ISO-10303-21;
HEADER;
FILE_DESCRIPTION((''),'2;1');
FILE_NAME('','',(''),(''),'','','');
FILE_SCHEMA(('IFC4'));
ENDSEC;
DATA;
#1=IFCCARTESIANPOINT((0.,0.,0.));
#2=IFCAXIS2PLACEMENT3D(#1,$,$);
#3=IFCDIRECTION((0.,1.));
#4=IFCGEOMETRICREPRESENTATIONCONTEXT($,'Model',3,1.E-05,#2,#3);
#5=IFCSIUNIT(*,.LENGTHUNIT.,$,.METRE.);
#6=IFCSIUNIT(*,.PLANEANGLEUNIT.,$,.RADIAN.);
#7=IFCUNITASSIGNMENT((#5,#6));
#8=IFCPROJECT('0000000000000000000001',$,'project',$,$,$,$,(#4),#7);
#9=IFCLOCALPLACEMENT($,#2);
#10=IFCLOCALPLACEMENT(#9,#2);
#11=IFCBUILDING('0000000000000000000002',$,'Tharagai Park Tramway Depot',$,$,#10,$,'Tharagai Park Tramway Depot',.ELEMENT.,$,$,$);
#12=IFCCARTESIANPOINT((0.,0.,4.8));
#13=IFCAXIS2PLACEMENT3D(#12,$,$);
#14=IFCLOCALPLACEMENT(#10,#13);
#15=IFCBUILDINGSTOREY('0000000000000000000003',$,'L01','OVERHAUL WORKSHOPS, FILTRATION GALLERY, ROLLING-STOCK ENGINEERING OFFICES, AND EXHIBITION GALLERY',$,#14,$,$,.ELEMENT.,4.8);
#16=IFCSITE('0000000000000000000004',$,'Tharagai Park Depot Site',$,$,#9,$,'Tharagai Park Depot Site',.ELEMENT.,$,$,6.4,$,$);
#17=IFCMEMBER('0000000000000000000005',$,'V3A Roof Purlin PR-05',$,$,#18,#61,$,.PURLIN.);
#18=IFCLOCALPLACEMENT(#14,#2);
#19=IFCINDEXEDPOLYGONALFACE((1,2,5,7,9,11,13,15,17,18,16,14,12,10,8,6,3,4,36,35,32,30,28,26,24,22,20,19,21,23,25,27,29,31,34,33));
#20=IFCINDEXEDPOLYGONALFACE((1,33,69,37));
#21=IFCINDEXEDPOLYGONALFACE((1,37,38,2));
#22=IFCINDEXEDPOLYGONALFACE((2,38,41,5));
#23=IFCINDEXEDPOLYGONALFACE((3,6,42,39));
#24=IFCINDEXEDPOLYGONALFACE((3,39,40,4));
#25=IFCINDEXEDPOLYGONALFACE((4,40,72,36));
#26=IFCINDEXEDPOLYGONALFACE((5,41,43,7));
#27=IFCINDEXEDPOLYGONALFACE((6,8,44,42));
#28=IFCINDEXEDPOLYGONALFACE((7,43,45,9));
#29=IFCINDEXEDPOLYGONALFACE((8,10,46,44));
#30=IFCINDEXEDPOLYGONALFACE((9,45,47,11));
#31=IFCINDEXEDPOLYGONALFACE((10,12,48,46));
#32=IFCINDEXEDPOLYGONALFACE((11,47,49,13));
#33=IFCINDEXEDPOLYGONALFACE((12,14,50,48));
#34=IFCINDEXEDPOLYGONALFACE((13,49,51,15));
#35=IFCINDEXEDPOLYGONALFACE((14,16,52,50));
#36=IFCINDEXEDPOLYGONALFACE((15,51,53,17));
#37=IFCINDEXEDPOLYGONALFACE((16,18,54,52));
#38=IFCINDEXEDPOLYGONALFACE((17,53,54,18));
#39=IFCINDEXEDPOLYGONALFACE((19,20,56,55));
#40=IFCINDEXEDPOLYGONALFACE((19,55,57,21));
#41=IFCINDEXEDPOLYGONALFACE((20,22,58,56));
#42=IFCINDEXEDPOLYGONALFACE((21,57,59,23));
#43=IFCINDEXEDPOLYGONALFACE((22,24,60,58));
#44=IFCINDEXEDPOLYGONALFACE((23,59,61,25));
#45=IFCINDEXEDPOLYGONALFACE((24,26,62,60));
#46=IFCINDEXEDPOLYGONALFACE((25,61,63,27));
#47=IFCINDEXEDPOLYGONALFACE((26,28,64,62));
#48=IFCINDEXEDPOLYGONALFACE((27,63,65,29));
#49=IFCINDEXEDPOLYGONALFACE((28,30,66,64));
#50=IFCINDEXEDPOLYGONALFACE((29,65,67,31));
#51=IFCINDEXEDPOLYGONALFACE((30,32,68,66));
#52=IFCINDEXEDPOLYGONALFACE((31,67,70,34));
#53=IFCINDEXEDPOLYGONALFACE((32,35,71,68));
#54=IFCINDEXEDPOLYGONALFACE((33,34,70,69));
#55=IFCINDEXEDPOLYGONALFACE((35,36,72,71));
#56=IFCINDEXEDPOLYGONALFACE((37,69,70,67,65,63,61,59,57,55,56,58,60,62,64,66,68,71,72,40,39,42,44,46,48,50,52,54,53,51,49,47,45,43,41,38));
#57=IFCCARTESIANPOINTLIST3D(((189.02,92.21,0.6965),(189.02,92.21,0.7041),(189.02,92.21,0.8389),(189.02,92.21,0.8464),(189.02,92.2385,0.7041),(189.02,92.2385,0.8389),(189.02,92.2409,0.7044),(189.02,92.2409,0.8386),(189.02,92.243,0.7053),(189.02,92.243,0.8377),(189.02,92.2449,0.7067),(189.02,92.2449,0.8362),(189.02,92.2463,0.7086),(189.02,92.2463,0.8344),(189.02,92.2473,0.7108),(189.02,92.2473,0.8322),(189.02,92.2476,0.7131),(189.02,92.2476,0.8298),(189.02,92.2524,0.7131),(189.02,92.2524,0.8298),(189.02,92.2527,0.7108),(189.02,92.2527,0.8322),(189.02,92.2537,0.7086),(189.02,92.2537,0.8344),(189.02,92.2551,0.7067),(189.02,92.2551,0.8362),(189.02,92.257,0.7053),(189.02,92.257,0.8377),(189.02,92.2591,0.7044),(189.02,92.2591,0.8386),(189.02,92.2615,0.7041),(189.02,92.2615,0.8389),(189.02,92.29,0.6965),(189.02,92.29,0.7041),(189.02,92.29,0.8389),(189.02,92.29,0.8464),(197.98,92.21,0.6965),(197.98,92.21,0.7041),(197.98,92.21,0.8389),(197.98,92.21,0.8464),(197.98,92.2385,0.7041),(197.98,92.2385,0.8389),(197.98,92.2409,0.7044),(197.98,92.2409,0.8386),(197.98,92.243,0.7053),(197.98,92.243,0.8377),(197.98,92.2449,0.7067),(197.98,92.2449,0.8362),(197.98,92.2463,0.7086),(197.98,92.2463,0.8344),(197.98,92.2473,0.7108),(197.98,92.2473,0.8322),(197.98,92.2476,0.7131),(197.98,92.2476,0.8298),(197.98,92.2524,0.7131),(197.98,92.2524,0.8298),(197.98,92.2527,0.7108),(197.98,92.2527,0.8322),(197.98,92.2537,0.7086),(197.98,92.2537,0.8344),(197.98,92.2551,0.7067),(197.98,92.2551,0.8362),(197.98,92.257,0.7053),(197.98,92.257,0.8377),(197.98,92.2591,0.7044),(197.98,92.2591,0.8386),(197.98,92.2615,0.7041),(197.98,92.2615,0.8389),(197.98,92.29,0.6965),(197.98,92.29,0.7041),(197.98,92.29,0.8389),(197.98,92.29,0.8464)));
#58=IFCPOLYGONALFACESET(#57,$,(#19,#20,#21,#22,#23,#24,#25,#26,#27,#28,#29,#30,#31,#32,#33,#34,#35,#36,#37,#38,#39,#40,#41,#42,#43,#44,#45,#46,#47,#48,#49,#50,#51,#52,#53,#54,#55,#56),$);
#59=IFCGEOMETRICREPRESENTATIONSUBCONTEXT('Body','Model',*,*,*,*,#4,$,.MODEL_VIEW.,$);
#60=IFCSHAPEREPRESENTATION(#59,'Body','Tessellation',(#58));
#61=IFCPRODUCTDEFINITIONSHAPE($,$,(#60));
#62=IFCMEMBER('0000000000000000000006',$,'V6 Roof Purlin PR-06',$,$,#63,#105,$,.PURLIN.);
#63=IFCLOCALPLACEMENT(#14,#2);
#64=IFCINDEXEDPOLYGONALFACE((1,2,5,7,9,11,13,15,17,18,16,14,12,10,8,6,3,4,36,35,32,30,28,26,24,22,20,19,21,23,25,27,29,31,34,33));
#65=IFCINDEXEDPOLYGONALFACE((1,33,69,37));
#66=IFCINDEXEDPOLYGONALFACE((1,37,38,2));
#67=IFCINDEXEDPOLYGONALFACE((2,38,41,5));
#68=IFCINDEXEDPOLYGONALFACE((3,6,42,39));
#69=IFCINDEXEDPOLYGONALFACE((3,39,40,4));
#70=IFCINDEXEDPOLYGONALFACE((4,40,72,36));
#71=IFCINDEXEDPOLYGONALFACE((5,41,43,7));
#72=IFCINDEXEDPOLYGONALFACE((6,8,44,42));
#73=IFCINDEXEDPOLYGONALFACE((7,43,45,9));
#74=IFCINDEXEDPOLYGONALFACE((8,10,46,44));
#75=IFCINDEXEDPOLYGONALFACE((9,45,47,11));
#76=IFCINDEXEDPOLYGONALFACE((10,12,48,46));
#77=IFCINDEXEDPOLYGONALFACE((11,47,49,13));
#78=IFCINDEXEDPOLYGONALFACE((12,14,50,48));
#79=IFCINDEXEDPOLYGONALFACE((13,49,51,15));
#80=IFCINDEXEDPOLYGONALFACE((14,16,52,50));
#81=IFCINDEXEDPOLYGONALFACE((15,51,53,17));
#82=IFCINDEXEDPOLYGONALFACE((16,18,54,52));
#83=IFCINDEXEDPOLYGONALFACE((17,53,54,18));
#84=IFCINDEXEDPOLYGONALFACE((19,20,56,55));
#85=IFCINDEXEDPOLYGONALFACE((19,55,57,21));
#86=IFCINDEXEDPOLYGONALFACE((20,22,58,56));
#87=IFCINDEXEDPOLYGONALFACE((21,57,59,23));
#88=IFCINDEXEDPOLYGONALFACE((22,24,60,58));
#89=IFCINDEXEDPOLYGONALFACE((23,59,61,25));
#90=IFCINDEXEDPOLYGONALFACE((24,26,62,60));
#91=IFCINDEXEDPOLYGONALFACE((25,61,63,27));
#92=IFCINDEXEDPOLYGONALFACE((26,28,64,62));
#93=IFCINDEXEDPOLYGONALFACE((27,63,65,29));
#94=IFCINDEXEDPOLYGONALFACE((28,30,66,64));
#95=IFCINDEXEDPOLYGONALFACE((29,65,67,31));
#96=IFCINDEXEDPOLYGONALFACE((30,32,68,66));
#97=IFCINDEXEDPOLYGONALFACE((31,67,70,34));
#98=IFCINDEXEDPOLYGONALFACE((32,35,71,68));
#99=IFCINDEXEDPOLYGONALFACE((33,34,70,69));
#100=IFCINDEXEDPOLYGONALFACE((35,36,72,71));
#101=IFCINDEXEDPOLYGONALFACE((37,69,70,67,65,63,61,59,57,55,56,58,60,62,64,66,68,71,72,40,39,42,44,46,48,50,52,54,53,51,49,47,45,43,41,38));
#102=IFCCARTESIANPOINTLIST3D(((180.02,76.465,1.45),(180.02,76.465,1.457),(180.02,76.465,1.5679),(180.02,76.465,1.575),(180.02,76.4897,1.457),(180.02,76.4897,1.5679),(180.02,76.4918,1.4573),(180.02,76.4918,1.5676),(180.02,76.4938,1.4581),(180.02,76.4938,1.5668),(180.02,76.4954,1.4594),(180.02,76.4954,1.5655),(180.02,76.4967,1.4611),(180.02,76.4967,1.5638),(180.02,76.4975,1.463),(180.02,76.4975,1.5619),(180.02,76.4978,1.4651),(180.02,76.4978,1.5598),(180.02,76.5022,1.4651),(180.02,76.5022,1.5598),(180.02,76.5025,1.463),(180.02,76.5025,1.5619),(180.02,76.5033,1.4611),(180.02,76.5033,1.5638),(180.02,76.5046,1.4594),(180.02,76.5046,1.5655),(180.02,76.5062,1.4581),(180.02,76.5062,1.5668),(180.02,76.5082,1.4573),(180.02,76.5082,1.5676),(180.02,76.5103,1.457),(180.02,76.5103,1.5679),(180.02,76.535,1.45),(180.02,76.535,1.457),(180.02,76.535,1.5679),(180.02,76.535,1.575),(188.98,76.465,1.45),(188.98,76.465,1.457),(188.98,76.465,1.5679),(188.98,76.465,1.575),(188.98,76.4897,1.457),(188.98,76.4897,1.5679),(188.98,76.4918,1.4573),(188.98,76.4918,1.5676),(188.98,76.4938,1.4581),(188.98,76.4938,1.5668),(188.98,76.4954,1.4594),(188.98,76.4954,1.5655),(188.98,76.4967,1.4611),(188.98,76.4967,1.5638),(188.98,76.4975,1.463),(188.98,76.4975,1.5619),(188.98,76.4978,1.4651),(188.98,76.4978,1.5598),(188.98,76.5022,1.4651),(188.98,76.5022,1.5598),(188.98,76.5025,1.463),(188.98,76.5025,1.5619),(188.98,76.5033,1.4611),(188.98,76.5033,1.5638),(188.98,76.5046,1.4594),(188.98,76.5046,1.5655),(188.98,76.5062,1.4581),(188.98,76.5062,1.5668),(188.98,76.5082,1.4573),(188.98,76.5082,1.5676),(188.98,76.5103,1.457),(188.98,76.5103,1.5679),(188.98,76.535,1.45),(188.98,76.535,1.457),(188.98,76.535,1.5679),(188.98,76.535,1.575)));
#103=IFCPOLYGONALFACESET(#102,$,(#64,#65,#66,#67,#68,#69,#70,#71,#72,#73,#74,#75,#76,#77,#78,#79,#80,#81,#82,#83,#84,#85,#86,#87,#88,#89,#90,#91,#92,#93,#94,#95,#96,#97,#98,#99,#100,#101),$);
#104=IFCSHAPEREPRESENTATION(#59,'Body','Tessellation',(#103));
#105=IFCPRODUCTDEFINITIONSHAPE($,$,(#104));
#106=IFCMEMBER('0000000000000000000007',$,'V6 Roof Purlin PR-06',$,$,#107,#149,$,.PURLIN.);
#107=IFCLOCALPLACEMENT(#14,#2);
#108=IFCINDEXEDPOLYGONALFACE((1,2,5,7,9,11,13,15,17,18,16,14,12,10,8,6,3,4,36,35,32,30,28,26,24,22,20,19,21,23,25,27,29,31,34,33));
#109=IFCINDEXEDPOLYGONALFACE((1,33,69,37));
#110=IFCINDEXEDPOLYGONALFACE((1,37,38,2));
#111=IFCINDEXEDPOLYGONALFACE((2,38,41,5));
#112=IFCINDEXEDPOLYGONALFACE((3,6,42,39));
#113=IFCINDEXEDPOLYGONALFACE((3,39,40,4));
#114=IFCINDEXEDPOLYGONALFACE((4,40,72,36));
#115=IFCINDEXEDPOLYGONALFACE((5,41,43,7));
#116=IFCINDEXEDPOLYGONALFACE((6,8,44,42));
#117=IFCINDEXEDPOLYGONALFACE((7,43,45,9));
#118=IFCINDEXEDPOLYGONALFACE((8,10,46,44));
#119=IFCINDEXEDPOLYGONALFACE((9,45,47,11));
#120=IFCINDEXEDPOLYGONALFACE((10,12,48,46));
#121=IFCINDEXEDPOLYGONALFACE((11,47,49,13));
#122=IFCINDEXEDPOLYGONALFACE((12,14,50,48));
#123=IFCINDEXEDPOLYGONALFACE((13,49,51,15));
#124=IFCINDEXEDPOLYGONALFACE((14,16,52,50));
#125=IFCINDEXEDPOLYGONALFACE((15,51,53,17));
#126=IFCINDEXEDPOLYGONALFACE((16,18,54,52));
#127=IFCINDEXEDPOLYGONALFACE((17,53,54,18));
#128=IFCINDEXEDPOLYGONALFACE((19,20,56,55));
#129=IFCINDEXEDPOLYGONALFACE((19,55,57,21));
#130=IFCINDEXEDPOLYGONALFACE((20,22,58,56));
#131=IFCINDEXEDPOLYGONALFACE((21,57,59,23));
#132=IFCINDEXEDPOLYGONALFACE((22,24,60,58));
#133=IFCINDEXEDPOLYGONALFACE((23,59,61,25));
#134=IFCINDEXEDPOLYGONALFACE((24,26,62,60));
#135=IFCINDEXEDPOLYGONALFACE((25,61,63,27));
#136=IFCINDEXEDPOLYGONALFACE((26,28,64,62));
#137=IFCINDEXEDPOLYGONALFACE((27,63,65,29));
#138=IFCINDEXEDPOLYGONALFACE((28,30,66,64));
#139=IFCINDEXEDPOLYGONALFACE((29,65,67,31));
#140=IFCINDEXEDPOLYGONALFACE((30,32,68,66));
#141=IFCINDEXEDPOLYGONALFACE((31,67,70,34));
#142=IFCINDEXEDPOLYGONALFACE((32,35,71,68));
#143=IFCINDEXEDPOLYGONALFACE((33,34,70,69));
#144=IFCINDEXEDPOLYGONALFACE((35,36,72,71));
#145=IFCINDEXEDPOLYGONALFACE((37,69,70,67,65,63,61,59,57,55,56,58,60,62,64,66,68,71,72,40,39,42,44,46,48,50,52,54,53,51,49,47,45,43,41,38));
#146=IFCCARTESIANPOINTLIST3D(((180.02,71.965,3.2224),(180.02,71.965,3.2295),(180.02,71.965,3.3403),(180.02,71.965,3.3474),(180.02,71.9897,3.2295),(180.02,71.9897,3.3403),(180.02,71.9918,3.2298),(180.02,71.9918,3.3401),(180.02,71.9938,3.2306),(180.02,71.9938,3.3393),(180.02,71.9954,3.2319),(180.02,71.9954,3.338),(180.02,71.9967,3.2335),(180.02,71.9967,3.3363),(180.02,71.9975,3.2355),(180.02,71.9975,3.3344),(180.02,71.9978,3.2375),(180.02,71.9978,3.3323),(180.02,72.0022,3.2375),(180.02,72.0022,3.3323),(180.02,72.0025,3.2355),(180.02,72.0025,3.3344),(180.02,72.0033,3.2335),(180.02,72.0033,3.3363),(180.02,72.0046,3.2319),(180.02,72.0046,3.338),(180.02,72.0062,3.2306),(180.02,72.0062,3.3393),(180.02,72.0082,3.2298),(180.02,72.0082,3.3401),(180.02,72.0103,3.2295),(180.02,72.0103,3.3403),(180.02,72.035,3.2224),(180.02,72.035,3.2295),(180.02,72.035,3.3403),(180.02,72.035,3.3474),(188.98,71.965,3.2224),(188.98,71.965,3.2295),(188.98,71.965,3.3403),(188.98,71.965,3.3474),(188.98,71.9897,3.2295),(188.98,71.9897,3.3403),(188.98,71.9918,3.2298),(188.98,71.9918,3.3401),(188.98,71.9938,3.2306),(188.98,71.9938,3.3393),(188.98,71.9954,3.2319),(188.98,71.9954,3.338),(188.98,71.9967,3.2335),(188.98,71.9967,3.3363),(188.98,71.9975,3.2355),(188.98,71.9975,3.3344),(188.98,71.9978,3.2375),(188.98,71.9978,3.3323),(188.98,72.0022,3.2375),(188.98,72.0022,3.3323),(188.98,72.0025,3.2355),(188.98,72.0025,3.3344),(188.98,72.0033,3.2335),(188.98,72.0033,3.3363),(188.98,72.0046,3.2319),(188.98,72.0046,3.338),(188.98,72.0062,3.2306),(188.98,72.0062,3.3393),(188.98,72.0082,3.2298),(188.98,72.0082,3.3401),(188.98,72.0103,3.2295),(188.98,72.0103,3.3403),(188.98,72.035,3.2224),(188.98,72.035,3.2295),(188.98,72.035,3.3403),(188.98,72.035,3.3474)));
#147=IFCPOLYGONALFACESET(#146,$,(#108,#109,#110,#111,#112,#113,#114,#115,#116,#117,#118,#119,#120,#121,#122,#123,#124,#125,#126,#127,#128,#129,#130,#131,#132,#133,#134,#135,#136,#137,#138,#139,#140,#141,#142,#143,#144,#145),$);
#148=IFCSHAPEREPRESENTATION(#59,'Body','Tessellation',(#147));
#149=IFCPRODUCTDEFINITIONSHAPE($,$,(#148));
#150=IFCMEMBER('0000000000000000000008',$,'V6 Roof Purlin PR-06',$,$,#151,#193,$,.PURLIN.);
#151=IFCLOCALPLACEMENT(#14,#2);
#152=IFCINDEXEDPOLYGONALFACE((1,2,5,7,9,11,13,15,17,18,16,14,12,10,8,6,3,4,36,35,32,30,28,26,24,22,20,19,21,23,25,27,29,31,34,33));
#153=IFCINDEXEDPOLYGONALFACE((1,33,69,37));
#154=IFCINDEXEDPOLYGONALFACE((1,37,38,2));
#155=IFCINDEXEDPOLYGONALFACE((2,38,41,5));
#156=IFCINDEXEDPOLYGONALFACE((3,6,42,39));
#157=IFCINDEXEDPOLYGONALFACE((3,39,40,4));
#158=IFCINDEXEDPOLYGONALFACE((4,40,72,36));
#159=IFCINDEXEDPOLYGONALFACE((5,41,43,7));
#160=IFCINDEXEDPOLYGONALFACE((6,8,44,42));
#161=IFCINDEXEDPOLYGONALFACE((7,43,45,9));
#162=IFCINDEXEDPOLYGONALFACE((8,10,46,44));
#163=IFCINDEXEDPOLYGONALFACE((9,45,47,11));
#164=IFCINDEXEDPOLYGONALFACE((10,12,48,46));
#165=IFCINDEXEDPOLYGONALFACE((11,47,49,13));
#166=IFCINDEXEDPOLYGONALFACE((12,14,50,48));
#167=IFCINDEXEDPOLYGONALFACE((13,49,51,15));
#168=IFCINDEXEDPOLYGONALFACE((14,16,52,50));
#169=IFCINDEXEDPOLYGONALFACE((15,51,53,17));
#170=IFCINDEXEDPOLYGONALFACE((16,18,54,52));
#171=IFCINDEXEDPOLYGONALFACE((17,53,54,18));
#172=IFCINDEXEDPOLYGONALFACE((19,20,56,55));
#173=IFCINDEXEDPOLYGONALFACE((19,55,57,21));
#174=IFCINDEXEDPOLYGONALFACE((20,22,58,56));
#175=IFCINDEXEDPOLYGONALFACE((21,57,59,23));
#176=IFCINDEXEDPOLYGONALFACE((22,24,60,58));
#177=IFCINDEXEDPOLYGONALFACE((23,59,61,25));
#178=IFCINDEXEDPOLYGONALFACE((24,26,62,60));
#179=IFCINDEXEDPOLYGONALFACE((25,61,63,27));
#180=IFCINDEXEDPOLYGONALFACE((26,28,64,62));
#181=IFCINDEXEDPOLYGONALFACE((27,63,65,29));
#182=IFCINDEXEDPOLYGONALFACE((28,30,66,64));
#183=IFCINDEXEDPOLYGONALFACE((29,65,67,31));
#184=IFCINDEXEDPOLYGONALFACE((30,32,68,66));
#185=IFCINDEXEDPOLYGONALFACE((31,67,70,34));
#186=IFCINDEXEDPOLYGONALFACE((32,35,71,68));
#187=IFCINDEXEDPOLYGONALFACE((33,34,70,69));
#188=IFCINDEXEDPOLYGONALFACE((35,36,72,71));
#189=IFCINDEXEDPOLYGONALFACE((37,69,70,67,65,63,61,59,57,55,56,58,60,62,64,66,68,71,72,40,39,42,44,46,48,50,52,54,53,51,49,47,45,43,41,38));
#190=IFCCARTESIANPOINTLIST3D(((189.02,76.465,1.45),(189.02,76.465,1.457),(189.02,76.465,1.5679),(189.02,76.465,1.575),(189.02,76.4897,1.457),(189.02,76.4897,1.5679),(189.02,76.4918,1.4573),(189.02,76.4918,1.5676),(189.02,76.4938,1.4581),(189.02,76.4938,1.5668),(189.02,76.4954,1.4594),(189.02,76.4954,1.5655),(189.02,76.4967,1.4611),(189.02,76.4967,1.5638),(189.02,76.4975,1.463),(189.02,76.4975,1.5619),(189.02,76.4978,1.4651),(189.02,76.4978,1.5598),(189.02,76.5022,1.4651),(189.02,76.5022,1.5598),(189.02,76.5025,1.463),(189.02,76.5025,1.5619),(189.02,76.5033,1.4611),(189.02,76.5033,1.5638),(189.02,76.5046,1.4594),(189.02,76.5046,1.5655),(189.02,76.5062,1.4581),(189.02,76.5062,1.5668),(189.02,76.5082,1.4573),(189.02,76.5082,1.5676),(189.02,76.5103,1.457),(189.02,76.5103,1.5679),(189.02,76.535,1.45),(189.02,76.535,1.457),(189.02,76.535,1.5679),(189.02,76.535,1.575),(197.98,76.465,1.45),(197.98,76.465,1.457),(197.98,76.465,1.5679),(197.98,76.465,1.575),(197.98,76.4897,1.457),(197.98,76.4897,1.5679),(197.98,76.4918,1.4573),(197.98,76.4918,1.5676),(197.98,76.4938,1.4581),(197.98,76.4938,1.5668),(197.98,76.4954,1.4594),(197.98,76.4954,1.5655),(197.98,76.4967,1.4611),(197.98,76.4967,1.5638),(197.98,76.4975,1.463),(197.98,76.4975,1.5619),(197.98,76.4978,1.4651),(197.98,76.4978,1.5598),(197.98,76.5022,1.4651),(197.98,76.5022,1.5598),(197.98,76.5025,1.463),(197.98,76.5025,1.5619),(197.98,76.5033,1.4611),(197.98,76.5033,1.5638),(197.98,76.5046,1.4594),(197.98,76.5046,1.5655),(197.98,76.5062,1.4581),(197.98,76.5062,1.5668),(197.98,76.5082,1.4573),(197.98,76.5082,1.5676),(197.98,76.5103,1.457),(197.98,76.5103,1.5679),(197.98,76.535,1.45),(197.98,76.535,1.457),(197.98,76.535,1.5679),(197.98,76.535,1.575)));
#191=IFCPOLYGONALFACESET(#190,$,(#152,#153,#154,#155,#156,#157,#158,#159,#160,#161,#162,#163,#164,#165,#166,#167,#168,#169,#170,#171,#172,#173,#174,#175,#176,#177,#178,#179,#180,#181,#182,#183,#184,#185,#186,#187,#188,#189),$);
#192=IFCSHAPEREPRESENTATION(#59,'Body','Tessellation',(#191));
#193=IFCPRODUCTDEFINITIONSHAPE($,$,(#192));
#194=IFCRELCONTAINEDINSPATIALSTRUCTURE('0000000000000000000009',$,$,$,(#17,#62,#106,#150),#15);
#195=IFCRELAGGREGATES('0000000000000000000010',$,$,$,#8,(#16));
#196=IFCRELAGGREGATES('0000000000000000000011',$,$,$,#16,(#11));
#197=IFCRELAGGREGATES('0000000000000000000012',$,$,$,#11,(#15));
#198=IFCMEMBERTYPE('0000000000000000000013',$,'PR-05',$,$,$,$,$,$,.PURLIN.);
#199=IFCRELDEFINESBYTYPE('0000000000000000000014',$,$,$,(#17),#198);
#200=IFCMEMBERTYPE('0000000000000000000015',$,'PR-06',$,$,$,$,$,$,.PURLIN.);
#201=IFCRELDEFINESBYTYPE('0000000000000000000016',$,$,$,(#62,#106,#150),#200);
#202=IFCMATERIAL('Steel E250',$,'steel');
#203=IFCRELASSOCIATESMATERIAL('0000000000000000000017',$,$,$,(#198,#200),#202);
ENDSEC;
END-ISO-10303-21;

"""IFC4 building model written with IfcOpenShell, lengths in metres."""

from ifc_helpers import new_model, si_unit, direction, frame, origin, origin_2d, place, context, subcontext, project, spatial, i_section, extrude, material, material_profile, profile_set, type_object, element, save


model = new_model("IFC4")

# Units and contexts
model_context = context("Model", 3, precision=1e-05, world=origin(), true_north=direction((0.0, 1.0)))
body_context = subcontext(model_context, "Body", "Model", "MODEL_VIEW")
ifc_project = project(units=[si_unit("LENGTHUNIT", "METRE"), si_unit("PLANEANGLEUNIT", "RADIAN")], contexts=[model_context])

# Site, building, storey
site_placement = place(None, origin())
site = spatial("IfcSite", under=ifc_project, at=site_placement, Name="Tharagai Park Depot Site", LongName="Tharagai Park Depot Site", CompositionType="ELEMENT", RefElevation=6.4)
building_placement = place(site_placement, origin())
building = spatial("IfcBuilding", under=site, at=building_placement, Name="Tharagai Park Tramway Depot", LongName="Tharagai Park Tramway Depot", CompositionType="ELEMENT")
storey_placement = place(building_placement, frame((0.0, 0.0, 4.8)))
storey = spatial("IfcBuildingStorey", under=building, at=storey_placement, Name="L01", Description="OVERHAUL WORKSHOPS, FILTRATION GALLERY, ROLLING-STOCK ENGINEERING OFFICES, AND EXHIBITION GALLERY", CompositionType="ELEMENT", Elevation=4.8)

# Members
ifc_material_1 = material(Name="Steel E250", Category="steel")
ifc_material_profile_1 = material_profile(ifc_material_1, i_section(OverallWidth=0.0801, OverallDepth=0.1499, WebThickness=0.0049, FlangeThickness=0.0076, FilletRadius=0.009, at=origin_2d()), Name="ISMB 150")
ifc_profile_set_1 = profile_set([ifc_material_profile_1], Name="Steel E250")
member_type_1 = type_object("IfcMemberType", Name="PR-05", PredefinedType="PURLIN", material=ifc_profile_set_1)
for number, where, z_axis, x_axis, name in (
    (1, (189.02, 92.25, 0.7715), (1.0, 0.0, 0.0), (0.0, 1.0, 0.0), "V3A Roof Purlin PR-05"),
):
    element("IfcMember", number, at=place(storey_placement, frame(where, z_axis=z_axis, x_axis=x_axis)), inside=storey, type_object=member_type_1, Name=name, PredefinedType="PURLIN", context=body_context, shape_type="SweptSolid", body=[
        extrude(i_section(OverallWidth=0.0801, OverallDepth=0.1499, WebThickness=0.0049, FlangeThickness=0.0076, FilletRadius=0.009, at=origin_2d()), origin(), (0.0, 0.0, 1.0), 8.96),
    ])
ifc_material_profile_2 = material_profile(ifc_material_1, i_section(OverallWidth=0.0701, OverallDepth=0.125, WebThickness=0.0044, FlangeThickness=0.0071, FilletRadius=0.0081, at=origin_2d()), Name="ISMB 125")
ifc_profile_set_2 = profile_set([ifc_material_profile_2], Name="Steel E250")
member_type_2 = type_object("IfcMemberType", Name="PR-06", PredefinedType="PURLIN", material=ifc_profile_set_2)
for number, where, z_axis, x_axis, name in (
    (2, (180.02, 76.5, 1.5125), (1.0, 0.0, 0.0), (0.0, 1.0, 0.0), "V6 Roof Purlin PR-06"),
    (3, (180.02, 72.0, 3.2849), (1.0, 0.0, 0.0), (0.0, 1.0, 0.0), "V6 Roof Purlin PR-06"),
    (4, (189.02, 76.5, 1.5125), (1.0, 0.0, 0.0), (0.0, 1.0, 0.0), "V6 Roof Purlin PR-06"),
):
    element("IfcMember", number, at=place(storey_placement, frame(where, z_axis=z_axis, x_axis=x_axis)), inside=storey, type_object=member_type_2, Name=name, PredefinedType="PURLIN", context=body_context, shape_type="SweptSolid", body=[
        extrude(i_section(OverallWidth=0.0701, OverallDepth=0.125, WebThickness=0.0044, FlangeThickness=0.0071, FilletRadius=0.0081, at=origin_2d()), origin(), (0.0, 0.0, 1.0), 8.96),
    ])

save(model, "model.ifc")
